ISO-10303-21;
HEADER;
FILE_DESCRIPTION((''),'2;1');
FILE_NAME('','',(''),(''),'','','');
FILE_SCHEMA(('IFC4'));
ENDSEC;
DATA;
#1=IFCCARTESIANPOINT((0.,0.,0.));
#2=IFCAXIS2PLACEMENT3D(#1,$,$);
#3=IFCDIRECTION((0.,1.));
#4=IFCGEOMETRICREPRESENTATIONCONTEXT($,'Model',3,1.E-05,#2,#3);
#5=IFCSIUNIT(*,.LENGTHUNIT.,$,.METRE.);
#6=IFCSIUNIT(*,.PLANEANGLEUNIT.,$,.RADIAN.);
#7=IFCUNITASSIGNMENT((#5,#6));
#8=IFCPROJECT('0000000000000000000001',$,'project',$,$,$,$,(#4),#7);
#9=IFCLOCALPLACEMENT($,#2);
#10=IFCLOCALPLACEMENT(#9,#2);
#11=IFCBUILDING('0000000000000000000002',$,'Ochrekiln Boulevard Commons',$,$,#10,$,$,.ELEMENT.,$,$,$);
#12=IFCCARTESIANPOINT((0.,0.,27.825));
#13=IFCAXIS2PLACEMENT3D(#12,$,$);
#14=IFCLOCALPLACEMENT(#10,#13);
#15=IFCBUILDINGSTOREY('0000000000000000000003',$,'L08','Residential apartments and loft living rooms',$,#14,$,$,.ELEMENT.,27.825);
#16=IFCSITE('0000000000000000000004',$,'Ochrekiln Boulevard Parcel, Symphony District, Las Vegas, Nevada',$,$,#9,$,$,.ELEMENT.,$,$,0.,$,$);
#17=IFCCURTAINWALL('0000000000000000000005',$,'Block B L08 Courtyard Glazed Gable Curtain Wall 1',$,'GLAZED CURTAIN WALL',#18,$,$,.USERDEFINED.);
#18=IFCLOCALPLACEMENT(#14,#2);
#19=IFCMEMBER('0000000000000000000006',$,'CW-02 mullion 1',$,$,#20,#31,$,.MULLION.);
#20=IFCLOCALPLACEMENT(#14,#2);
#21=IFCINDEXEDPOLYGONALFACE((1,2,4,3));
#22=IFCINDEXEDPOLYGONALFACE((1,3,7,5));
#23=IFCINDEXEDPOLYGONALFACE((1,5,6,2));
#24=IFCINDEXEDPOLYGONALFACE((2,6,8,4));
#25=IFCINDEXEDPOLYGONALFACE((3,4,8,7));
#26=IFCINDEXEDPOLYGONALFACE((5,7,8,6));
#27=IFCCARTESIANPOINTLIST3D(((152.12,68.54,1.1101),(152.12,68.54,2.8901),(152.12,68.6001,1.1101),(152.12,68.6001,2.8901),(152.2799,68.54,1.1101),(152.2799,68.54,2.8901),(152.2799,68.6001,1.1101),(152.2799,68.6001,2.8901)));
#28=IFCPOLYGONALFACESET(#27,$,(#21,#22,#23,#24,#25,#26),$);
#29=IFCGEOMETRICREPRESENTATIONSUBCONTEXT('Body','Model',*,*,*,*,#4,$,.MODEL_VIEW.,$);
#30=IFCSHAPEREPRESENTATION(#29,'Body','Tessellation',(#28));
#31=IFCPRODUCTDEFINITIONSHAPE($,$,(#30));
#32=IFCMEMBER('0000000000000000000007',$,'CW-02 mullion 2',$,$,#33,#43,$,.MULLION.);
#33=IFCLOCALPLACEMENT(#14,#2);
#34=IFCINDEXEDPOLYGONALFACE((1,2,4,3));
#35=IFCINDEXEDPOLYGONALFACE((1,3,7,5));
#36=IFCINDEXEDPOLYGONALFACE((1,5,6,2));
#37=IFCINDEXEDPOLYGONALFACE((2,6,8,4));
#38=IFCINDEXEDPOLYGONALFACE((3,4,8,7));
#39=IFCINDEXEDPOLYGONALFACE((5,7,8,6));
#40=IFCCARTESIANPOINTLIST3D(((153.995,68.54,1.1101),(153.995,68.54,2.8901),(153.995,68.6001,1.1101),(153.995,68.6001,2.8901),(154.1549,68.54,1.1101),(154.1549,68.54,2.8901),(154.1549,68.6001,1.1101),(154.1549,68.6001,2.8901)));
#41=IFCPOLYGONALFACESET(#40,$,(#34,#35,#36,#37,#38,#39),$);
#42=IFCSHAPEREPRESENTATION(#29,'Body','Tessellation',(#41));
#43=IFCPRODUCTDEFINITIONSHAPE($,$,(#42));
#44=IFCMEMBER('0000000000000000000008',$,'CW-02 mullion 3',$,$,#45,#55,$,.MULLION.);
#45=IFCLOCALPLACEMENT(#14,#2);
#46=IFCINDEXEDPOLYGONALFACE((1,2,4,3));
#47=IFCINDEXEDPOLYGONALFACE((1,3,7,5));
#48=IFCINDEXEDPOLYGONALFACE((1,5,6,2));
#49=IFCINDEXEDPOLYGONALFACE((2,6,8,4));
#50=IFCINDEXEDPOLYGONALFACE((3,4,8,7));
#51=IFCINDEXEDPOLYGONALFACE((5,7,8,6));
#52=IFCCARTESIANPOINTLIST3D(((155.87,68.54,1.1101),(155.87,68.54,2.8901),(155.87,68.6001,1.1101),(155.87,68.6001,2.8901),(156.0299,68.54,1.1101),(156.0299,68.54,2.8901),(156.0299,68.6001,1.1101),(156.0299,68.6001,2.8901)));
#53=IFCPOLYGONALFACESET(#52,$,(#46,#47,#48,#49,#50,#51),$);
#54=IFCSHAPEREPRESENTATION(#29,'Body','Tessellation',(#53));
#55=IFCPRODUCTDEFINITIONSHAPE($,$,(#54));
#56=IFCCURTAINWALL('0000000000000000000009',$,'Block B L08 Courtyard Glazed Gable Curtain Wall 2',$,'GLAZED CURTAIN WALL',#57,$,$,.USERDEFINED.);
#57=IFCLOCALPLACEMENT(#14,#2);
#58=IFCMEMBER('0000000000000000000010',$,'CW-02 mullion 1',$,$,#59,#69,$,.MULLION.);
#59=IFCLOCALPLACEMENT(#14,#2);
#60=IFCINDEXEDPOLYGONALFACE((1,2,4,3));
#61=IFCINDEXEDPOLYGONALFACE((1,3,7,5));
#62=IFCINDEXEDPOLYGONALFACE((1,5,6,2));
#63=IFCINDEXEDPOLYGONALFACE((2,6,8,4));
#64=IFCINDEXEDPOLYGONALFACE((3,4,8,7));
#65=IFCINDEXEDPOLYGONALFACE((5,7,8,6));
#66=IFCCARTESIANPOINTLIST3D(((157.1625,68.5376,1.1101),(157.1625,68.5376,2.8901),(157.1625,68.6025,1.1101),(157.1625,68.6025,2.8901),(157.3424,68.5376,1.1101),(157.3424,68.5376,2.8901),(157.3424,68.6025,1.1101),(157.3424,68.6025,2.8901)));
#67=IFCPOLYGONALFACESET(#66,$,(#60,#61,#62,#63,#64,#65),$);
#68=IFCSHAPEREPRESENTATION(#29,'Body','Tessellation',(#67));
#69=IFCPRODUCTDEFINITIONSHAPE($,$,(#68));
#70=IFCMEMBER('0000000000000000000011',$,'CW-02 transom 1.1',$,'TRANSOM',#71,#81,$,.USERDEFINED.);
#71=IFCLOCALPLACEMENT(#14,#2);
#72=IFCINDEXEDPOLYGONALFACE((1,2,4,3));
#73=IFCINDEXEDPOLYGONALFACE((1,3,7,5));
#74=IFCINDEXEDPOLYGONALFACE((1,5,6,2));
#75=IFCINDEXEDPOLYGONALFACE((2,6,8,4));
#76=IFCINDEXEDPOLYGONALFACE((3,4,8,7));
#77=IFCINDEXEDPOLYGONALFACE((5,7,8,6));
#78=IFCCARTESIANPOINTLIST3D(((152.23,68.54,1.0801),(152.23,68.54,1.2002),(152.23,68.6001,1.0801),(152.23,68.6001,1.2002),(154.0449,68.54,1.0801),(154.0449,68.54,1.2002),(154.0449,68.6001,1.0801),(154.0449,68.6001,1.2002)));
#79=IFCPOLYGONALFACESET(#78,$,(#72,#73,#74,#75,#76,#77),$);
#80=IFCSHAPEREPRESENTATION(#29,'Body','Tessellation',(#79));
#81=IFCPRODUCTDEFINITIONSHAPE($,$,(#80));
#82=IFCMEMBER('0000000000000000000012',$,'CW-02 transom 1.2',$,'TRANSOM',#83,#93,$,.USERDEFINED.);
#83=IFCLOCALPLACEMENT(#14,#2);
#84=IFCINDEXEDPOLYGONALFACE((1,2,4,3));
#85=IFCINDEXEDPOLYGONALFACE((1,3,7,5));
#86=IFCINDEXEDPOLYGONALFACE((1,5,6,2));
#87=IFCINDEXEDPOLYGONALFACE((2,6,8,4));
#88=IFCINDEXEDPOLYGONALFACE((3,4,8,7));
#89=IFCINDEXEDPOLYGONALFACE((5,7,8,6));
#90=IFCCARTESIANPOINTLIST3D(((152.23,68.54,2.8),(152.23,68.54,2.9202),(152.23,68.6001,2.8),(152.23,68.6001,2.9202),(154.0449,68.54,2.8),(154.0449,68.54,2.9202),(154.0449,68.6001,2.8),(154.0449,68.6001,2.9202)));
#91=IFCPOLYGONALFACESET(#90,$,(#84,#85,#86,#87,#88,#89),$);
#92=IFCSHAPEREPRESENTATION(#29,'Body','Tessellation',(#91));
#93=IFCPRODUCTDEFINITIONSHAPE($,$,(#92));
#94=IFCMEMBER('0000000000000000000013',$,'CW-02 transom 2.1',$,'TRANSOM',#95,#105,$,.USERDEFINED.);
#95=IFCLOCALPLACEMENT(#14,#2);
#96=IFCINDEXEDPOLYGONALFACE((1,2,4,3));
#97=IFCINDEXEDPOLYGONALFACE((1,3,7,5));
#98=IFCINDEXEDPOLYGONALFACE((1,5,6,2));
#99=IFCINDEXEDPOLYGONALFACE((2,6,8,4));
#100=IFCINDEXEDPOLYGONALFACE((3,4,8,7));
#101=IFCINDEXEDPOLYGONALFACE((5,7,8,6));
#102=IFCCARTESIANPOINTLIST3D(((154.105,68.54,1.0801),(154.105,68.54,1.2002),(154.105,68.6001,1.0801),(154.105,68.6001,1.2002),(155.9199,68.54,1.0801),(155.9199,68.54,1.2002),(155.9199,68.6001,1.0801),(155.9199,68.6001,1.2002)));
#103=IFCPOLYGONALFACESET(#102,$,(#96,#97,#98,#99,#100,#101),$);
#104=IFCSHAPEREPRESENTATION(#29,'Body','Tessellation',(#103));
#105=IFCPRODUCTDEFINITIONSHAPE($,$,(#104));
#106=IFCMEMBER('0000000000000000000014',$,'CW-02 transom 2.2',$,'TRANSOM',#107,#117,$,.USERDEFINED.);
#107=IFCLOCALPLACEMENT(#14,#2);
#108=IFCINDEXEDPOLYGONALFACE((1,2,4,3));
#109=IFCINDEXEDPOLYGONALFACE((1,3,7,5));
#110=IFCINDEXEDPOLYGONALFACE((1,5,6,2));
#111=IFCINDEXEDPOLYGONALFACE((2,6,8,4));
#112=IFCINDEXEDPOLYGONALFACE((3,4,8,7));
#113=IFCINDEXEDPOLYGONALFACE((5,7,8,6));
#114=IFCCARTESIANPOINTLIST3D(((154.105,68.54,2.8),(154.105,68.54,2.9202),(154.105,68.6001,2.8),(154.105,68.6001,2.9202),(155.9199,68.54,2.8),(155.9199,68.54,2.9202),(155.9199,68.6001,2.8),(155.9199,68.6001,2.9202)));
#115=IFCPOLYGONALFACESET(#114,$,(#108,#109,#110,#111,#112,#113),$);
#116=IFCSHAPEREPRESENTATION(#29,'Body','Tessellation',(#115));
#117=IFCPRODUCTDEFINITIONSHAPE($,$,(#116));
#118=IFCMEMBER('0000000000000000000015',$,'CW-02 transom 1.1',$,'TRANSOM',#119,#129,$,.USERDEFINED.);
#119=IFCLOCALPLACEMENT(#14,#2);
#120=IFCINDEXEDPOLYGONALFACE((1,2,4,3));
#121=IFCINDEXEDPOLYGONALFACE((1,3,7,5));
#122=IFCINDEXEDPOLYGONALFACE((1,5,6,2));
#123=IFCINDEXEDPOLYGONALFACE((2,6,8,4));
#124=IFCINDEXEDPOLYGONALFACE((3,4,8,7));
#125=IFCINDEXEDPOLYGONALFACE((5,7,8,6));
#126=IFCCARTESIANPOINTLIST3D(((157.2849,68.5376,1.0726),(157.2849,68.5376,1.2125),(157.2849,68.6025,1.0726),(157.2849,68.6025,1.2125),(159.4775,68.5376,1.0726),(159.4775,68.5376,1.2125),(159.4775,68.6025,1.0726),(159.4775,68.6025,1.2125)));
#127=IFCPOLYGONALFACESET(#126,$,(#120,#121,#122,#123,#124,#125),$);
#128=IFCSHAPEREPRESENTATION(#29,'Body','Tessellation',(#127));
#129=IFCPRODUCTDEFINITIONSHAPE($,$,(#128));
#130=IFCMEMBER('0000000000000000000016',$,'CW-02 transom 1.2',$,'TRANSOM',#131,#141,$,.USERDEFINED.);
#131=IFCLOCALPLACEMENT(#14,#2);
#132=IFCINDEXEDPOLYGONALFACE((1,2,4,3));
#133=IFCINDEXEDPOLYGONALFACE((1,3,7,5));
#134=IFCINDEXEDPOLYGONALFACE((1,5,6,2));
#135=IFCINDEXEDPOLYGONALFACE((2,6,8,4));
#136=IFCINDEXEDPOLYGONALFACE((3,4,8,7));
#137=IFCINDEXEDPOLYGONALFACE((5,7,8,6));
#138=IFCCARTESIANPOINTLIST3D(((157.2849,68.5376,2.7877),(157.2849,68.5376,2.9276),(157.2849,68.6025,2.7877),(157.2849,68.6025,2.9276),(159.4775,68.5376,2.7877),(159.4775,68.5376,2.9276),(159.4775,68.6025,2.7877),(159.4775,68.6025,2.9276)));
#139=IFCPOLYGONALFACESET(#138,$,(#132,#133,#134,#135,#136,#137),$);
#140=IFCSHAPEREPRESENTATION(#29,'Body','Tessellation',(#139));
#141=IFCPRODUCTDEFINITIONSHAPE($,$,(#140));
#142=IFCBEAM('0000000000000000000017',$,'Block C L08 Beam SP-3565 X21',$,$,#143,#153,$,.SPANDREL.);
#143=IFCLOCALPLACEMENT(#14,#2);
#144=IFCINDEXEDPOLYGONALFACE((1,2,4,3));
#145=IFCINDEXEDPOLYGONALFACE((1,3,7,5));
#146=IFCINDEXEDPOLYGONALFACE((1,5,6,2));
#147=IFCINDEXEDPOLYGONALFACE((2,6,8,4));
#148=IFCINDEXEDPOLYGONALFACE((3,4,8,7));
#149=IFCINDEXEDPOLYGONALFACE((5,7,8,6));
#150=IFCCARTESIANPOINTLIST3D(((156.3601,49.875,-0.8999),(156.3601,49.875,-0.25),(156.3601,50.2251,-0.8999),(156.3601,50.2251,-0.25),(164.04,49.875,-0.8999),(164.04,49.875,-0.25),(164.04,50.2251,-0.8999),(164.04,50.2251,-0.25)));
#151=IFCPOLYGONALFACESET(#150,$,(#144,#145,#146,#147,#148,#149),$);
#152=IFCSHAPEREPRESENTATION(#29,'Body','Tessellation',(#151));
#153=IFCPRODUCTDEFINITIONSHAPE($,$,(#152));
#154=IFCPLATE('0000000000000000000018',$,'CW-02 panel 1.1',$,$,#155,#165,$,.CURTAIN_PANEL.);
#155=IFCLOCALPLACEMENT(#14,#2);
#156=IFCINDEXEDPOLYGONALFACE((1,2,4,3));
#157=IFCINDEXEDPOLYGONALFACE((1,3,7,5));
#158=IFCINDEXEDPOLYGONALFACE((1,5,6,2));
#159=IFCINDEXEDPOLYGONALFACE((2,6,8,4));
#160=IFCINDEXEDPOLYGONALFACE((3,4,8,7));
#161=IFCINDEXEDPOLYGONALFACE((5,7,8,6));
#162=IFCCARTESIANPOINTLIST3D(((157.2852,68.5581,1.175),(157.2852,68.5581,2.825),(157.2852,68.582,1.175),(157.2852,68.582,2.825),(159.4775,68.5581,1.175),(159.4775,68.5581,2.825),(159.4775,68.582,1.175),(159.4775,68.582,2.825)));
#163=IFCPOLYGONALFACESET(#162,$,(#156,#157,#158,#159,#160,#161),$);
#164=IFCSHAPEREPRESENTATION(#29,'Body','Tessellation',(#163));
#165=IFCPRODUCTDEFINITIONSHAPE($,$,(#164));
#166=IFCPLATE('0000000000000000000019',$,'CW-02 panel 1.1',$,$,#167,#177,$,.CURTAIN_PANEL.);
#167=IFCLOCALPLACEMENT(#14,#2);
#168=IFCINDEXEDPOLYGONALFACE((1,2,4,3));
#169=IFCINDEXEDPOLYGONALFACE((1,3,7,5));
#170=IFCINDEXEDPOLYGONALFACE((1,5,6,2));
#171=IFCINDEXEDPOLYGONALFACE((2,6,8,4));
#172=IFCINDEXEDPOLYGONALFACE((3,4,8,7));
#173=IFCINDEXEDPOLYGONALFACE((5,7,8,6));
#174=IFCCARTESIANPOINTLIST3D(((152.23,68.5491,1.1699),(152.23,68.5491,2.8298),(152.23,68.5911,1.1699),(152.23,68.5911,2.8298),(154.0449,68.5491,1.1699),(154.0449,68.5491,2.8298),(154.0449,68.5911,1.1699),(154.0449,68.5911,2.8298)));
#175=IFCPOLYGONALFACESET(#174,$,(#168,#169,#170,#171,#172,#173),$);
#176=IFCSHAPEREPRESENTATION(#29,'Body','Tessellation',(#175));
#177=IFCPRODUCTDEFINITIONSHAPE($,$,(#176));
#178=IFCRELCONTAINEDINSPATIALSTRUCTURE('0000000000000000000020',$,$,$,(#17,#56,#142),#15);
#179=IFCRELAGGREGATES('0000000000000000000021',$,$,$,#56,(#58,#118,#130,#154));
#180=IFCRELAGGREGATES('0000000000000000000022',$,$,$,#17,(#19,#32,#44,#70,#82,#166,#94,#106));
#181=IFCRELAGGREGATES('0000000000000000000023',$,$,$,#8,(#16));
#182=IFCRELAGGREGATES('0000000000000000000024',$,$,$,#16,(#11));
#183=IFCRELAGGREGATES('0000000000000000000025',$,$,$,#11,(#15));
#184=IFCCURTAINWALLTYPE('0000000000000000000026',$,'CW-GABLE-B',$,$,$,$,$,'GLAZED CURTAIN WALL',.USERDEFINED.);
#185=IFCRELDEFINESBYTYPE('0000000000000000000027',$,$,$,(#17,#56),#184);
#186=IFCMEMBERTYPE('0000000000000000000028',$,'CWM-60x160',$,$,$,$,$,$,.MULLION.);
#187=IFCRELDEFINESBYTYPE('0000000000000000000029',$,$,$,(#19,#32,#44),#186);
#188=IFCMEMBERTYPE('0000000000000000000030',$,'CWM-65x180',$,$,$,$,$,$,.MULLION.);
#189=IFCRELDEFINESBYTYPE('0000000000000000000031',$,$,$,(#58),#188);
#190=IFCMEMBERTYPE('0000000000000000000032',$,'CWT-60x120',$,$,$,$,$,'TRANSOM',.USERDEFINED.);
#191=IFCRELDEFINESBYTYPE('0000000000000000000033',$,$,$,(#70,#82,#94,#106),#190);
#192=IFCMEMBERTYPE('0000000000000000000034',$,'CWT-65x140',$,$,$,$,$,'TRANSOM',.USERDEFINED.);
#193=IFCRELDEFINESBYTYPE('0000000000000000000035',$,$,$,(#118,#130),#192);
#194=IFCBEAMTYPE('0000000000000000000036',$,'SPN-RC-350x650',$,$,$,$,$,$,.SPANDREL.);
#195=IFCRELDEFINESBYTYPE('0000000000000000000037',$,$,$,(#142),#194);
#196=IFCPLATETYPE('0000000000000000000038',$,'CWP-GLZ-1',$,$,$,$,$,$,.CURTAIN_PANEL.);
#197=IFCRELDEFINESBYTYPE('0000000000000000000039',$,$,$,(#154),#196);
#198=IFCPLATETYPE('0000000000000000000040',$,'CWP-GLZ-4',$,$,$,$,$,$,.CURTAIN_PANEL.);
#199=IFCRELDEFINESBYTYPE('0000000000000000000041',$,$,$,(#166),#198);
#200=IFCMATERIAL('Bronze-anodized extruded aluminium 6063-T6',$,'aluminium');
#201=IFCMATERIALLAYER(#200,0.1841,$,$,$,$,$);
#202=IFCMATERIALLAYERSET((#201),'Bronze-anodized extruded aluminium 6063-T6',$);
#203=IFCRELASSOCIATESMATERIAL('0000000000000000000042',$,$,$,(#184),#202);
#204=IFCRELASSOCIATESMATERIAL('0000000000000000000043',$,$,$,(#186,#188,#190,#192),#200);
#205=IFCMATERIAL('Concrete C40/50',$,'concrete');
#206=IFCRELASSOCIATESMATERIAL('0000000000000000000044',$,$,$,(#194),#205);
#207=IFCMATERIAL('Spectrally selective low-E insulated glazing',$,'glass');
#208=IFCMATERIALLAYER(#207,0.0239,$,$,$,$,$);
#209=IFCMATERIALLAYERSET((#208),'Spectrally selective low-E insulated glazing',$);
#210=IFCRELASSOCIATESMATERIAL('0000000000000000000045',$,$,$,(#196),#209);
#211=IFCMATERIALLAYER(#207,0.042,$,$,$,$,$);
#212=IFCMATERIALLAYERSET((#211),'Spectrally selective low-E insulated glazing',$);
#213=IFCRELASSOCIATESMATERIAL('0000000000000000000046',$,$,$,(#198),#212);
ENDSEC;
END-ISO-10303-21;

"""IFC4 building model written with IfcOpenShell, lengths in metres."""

from ifc_helpers import new_model, si_unit, direction, frame, origin, origin_2d, place, context, subcontext, project, spatial, rectangle, extrude, material, layer, layer_set, material_profile, profile_set, type_object, element, aggregate, save


model = new_model("IFC4")

# Units and contexts
model_context = context("Model", 3, precision=1e-05, world=origin(), true_north=direction((0.0, 1.0)))
body_context = subcontext(model_context, "Body", "Model", "MODEL_VIEW")
ifc_project = project(units=[si_unit("LENGTHUNIT", "METRE"), si_unit("PLANEANGLEUNIT", "RADIAN")], contexts=[model_context])

# Site, building, storey
site_placement = place(None, origin())
site = spatial("IfcSite", under=ifc_project, at=site_placement, Name="Ochrekiln Boulevard Parcel, Symphony District, Las Vegas, Nevada", CompositionType="ELEMENT", RefElevation=0.0)
building_placement = place(site_placement, origin())
building = spatial("IfcBuilding", under=site, at=building_placement, Name="Ochrekiln Boulevard Commons", CompositionType="ELEMENT")
storey_placement = place(building_placement, frame((0.0, 0.0, 27.825)))
storey = spatial("IfcBuildingStorey", under=building, at=storey_placement, Name="L08", Description="Residential apartments and loft living rooms", CompositionType="ELEMENT", Elevation=27.825)

# Curtain wall, members
ifc_material_1 = material(Name="Bronze-anodized extruded aluminium 6063-T6", Category="aluminium")
ifc_layer_1 = layer(ifc_material_1, 0.1841)
ifc_layer_set_1 = layer_set([ifc_layer_1], Name="Bronze-anodized extruded aluminium 6063-T6")
curtain_wall_type = type_object("IfcCurtainWallType", Name="CW-GABLE-B", ElementType="GLAZED CURTAIN WALL", PredefinedType="USERDEFINED", material=ifc_layer_set_1)
curtain_wall_1_placement = place(storey_placement, origin())
curtain_wall_1 = element("IfcCurtainWall", 1, at=curtain_wall_1_placement, inside=storey, type_object=curtain_wall_type, Name="Block B L08 Courtyard Glazed Gable Curtain Wall 1", ObjectType="GLAZED CURTAIN WALL", PredefinedType="USERDEFINED")
ifc_material_profile_1 = material_profile(ifc_material_1, rectangle(XDim=0.0601, YDim=0.1599, at=origin_2d()), Name="ALU-MUL-60x160")
ifc_profile_set_1 = profile_set([ifc_material_profile_1], Name="Bronze-anodized extruded aluminium 6063-T6")
member_type_1 = type_object("IfcMemberType", Name="CWM-60x160", PredefinedType="MULLION", material=ifc_profile_set_1)
member_1_placement = place(storey_placement, frame((152.2, 68.5701, 1.1101), z_axis=(0.0, 0.0, 1.0), x_axis=(0.0, 1.0, 0.0)))
member_1 = element("IfcMember", 2, at=member_1_placement, type_object=member_type_1, Name="CW-02 mullion 1", PredefinedType="MULLION", context=body_context, shape_type="SweptSolid", body=[
    extrude(rectangle(XDim=0.0601, YDim=0.1599, at=origin_2d()), origin(), (0.0, 0.0, 1.0), 1.78),
])
member_2_placement = place(storey_placement, frame((154.075, 68.5701, 1.1101), z_axis=(0.0, 0.0, 1.0), x_axis=(0.0, 1.0, 0.0)))
member_2 = element("IfcMember", 3, at=member_2_placement, type_object=member_type_1, Name="CW-02 mullion 2", PredefinedType="MULLION", context=body_context, shape_type="SweptSolid", body=[
    extrude(rectangle(XDim=0.0601, YDim=0.1599, at=origin_2d()), origin(), (0.0, 0.0, 1.0), 1.78),
])
member_3_placement = place(storey_placement, frame((155.95, 68.5701, 1.1101), z_axis=(0.0, 0.0, 1.0), x_axis=(0.0, 1.0, 0.0)))
member_3 = element("IfcMember", 4, at=member_3_placement, type_object=member_type_1, Name="CW-02 mullion 3", PredefinedType="MULLION", context=body_context, shape_type="SweptSolid", body=[
    extrude(rectangle(XDim=0.0601, YDim=0.1599, at=origin_2d()), origin(), (0.0, 0.0, 1.0), 1.78),
])

# Curtain wall, member
curtain_wall_2_placement = place(storey_placement, origin())
curtain_wall_2 = element("IfcCurtainWall", 5, at=curtain_wall_2_placement, inside=storey, type_object=curtain_wall_type, Name="Block B L08 Courtyard Glazed Gable Curtain Wall 2", ObjectType="GLAZED CURTAIN WALL", PredefinedType="USERDEFINED")
ifc_material_profile_2 = material_profile(ifc_material_1, rectangle(XDim=0.0649, YDim=0.1799, at=origin_2d()), Name="ALU-MUL-65x180")
ifc_profile_set_2 = profile_set([ifc_material_profile_2], Name="Bronze-anodized extruded aluminium 6063-T6")
member_type_2 = type_object("IfcMemberType", Name="CWM-65x180", PredefinedType="MULLION", material=ifc_profile_set_2)
member_4_placement = place(storey_placement, frame((157.2524, 68.5701, 1.1101), z_axis=(0.0, 0.0, 1.0), x_axis=(0.0, 1.0, 0.0)))
member_4 = element("IfcMember", 6, at=member_4_placement, type_object=member_type_2, Name="CW-02 mullion 1", PredefinedType="MULLION", context=body_context, shape_type="SweptSolid", body=[
    extrude(rectangle(XDim=0.0649, YDim=0.1799, at=origin_2d()), origin(), (0.0, 0.0, 1.0), 1.78),
])

# Members
ifc_material_profile_3 = material_profile(ifc_material_1, rectangle(XDim=0.0601, YDim=0.1201, at=origin_2d()), Name="ALU-TRN-60x120")
ifc_profile_set_3 = profile_set([ifc_material_profile_3], Name="Bronze-anodized extruded aluminium 6063-T6")
member_type_3 = type_object("IfcMemberType", Name="CWT-60x120", ElementType="TRANSOM", PredefinedType="USERDEFINED", material=ifc_profile_set_3)
member_5_placement = place(storey_placement, frame((152.23, 68.5701, 1.1401), z_axis=(1.0, 0.0, 0.0), x_axis=(0.0, 1.0, 0.0)))
member_5 = element("IfcMember", 7, at=member_5_placement, type_object=member_type_3, Name="CW-02 transom 1.1", ObjectType="TRANSOM", PredefinedType="USERDEFINED", context=body_context, shape_type="SweptSolid", body=[
    extrude(rectangle(XDim=0.0601, YDim=0.1201, at=origin_2d()), origin(), (0.0, 0.0, 1.0), 1.8149),
])
member_6_placement = place(storey_placement, frame((152.23, 68.5701, 2.8601), z_axis=(1.0, 0.0, 0.0), x_axis=(0.0, 1.0, 0.0)))
member_6 = element("IfcMember", 8, at=member_6_placement, type_object=member_type_3, Name="CW-02 transom 1.2", ObjectType="TRANSOM", PredefinedType="USERDEFINED", context=body_context, shape_type="SweptSolid", body=[
    extrude(rectangle(XDim=0.0601, YDim=0.1201, at=origin_2d()), origin(), (0.0, 0.0, 1.0), 1.8149),
])
member_7_placement = place(storey_placement, frame((154.105, 68.5701, 1.1401), z_axis=(1.0, 0.0, 0.0), x_axis=(0.0, 1.0, 0.0)))
member_7 = element("IfcMember", 9, at=member_7_placement, type_object=member_type_3, Name="CW-02 transom 2.1", ObjectType="TRANSOM", PredefinedType="USERDEFINED", context=body_context, shape_type="SweptSolid", body=[
    extrude(rectangle(XDim=0.0601, YDim=0.1201, at=origin_2d()), origin(), (0.0, 0.0, 1.0), 1.8149),
])
member_8_placement = place(storey_placement, frame((154.105, 68.5701, 2.8601), z_axis=(1.0, 0.0, 0.0), x_axis=(0.0, 1.0, 0.0)))
member_8 = element("IfcMember", 10, at=member_8_placement, type_object=member_type_3, Name="CW-02 transom 2.2", ObjectType="TRANSOM", PredefinedType="USERDEFINED", context=body_context, shape_type="SweptSolid", body=[
    extrude(rectangle(XDim=0.0601, YDim=0.1201, at=origin_2d()), origin(), (0.0, 0.0, 1.0), 1.8149),
])
ifc_material_profile_4 = material_profile(ifc_material_1, rectangle(XDim=0.0649, YDim=0.1399, at=origin_2d()), Name="ALU-TRN-65x140")
ifc_profile_set_4 = profile_set([ifc_material_profile_4], Name="Bronze-anodized extruded aluminium 6063-T6")
member_type_4 = type_object("IfcMemberType", Name="CWT-65x140", ElementType="TRANSOM", PredefinedType="USERDEFINED", material=ifc_profile_set_4)
member_9_placement = place(storey_placement, frame((157.2849, 68.5701, 1.1426), z_axis=(1.0, 0.0, 0.0), x_axis=(0.0, 1.0, 0.0)))
member_9 = element("IfcMember", 11, at=member_9_placement, type_object=member_type_4, Name="CW-02 transom 1.1", ObjectType="TRANSOM", PredefinedType="USERDEFINED", context=body_context, shape_type="SweptSolid", body=[
    extrude(rectangle(XDim=0.0649, YDim=0.1399, at=origin_2d()), origin(), (0.0, 0.0, 1.0), 2.1926),
])
member_10_placement = place(storey_placement, frame((157.2849, 68.5701, 2.8577), z_axis=(1.0, 0.0, 0.0), x_axis=(0.0, 1.0, 0.0)))
member_10 = element("IfcMember", 12, at=member_10_placement, type_object=member_type_4, Name="CW-02 transom 1.2", ObjectType="TRANSOM", PredefinedType="USERDEFINED", context=body_context, shape_type="SweptSolid", body=[
    extrude(rectangle(XDim=0.0649, YDim=0.1399, at=origin_2d()), origin(), (0.0, 0.0, 1.0), 2.1926),
])

# Beam
ifc_material_2 = material(Name="Concrete C40/50", Category="concrete")
ifc_material_profile_5 = material_profile(ifc_material_2, rectangle(XDim=0.3501, YDim=0.6499, at=origin_2d()), Name="RC-SPN-350x650")
ifc_profile_set_5 = profile_set([ifc_material_profile_5], Name="Concrete C40/50")
beam_type = type_object("IfcBeamType", Name="SPN-RC-350x650", PredefinedType="SPANDREL", material=ifc_profile_set_5)
beam_placement = place(storey_placement, frame((156.3601, 50.05, -0.575), z_axis=(1.0, 0.0, 0.0), x_axis=(0.0, 1.0, 0.0)))
element("IfcBeam", 13, at=beam_placement, inside=storey, type_object=beam_type, Name="Block C L08 Beam SP-3565 X21", PredefinedType="SPANDREL", context=body_context, shape_type="SweptSolid", body=[
    extrude(rectangle(XDim=0.3501, YDim=0.6499, at=origin_2d()), origin(), (0.0, 0.0, 1.0), 7.6799),
])

# Plates
ifc_material_3 = material(Name="Spectrally selective low-E insulated glazing", Category="glass")
ifc_layer_2 = layer(ifc_material_3, 0.0239)
ifc_layer_set_2 = layer_set([ifc_layer_2], Name="Spectrally selective low-E insulated glazing")
plate_type_1 = type_object("IfcPlateType", Name="CWP-GLZ-1", PredefinedType="CURTAIN_PANEL", material=ifc_layer_set_2)
plate_1_placement = place(storey_placement, frame((158.3813, 68.5701, 1.175), z_axis=(0.0, 0.0, 1.0), x_axis=(1.0, 0.0, 0.0)))
plate_1 = element("IfcPlate", 14, at=plate_1_placement, type_object=plate_type_1, Name="CW-02 panel 1.1", PredefinedType="CURTAIN_PANEL", context=body_context, shape_type="SweptSolid", body=[
    extrude(rectangle(XDim=2.1924, YDim=0.0239, at=origin_2d()), origin(), (0.0, 0.0, 1.0), 1.6499),
])
aggregate(curtain_wall_2, [member_4, member_9, member_10, plate_1])
ifc_layer_3 = layer(ifc_material_3, 0.042)
ifc_layer_set_3 = layer_set([ifc_layer_3], Name="Spectrally selective low-E insulated glazing")
plate_type_2 = type_object("IfcPlateType", Name="CWP-GLZ-4", PredefinedType="CURTAIN_PANEL", material=ifc_layer_set_3)
plate_2_placement = place(storey_placement, frame((153.1375, 68.5701, 1.1699), z_axis=(0.0, 0.0, 1.0), x_axis=(1.0, 0.0, 0.0)))
plate_2 = element("IfcPlate", 15, at=plate_2_placement, type_object=plate_type_2, Name="CW-02 panel 1.1", PredefinedType="CURTAIN_PANEL", context=body_context, shape_type="SweptSolid", body=[
    extrude(rectangle(XDim=1.8149, YDim=0.042, at=origin_2d()), origin(), (0.0, 0.0, 1.0), 1.6599),
])
aggregate(curtain_wall_1, [member_1, member_2, member_3, member_5, member_6, plate_2, member_7, member_8])

save(model, "model.ifc")
